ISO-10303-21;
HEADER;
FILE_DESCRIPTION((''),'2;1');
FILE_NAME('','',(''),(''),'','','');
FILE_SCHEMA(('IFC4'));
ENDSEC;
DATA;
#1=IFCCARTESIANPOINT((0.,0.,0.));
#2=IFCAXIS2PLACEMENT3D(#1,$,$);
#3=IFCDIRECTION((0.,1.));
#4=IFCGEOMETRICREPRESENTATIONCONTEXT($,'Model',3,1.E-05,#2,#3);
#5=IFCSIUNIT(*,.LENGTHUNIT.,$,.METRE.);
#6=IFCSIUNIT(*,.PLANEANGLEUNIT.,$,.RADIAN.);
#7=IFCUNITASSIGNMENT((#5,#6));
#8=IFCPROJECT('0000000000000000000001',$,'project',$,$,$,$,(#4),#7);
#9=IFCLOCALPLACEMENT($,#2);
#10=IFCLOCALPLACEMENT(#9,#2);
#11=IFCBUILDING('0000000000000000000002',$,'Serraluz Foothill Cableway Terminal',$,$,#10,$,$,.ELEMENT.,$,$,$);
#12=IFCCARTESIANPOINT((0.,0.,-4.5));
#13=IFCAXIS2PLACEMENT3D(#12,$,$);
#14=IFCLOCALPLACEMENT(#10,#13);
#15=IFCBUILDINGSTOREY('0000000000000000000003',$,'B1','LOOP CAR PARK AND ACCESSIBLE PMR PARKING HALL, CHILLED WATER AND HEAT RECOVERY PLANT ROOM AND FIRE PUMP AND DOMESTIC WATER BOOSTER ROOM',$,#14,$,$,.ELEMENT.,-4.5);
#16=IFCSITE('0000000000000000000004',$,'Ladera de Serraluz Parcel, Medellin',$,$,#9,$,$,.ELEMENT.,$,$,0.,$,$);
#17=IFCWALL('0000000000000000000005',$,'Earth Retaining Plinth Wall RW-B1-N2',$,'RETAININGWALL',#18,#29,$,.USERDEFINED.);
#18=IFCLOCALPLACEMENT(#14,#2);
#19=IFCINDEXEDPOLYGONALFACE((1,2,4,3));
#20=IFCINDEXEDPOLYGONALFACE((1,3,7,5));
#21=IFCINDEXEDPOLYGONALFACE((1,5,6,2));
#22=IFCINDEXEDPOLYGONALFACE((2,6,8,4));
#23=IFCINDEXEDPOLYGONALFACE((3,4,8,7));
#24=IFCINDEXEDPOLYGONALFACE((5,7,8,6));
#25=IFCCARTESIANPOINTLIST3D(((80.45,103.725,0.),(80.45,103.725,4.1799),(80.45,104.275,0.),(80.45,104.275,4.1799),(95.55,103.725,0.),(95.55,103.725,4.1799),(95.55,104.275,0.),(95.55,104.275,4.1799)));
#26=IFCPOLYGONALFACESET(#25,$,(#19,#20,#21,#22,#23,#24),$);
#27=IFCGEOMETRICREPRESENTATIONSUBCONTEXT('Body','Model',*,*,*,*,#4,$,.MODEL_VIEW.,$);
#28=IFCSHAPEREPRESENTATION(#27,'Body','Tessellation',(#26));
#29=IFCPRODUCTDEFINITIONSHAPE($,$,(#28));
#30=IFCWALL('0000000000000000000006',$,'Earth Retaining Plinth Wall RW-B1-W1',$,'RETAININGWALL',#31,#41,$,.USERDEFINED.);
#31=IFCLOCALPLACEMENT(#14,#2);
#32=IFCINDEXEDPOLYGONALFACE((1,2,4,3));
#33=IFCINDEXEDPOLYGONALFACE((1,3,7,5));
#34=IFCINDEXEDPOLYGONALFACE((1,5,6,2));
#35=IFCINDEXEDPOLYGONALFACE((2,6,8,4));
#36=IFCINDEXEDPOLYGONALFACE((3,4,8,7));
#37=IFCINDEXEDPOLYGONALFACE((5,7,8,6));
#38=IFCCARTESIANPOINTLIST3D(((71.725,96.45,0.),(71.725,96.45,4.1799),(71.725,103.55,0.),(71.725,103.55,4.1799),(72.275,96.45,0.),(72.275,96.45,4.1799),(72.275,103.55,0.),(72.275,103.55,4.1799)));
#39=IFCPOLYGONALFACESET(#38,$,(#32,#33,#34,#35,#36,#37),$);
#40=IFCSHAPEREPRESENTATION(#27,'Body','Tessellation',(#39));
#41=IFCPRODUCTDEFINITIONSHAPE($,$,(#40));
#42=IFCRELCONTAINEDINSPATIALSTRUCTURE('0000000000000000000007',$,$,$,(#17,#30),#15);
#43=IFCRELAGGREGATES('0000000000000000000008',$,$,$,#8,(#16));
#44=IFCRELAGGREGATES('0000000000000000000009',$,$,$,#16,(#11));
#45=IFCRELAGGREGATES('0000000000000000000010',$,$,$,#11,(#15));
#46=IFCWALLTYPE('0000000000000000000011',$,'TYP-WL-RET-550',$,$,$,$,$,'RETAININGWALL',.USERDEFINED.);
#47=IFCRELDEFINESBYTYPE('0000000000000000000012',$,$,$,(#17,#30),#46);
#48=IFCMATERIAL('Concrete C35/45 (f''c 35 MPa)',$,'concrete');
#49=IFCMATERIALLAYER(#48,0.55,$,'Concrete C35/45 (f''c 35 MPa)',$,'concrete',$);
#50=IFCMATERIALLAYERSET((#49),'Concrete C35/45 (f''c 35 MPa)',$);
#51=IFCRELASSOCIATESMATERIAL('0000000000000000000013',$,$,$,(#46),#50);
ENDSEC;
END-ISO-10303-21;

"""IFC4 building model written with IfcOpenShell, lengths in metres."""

from ifc_helpers import new_model, si_unit, direction, frame, frame_2d, origin, place, context, subcontext, project, spatial, rectangle, extrude, material, layer, layer_set, type_object, element, save


model = new_model("IFC4")

# Units and contexts
model_context = context("Model", 3, precision=1e-05, world=origin(), true_north=direction((0.0, 1.0)))
body_context = subcontext(model_context, "Body", "Model", "MODEL_VIEW")
ifc_project = project(units=[si_unit("LENGTHUNIT", "METRE"), si_unit("PLANEANGLEUNIT", "RADIAN")], contexts=[model_context])

# Site, building, storey
site_placement = place(None, origin())
site = spatial("IfcSite", under=ifc_project, at=site_placement, Name="Ladera de Serraluz Parcel, Medellin", CompositionType="ELEMENT", RefElevation=0.0)
building_placement = place(site_placement, origin())
building = spatial("IfcBuilding", under=site, at=building_placement, Name="Serraluz Foothill Cableway Terminal", CompositionType="ELEMENT")
storey_placement = place(building_placement, frame((0.0, 0.0, -4.5)))
storey = spatial("IfcBuildingStorey", under=building, at=storey_placement, Name="B1", Description="LOOP CAR PARK AND ACCESSIBLE PMR PARKING HALL, CHILLED WATER AND HEAT RECOVERY PLANT ROOM AND FIRE PUMP AND DOMESTIC WATER BOOSTER ROOM", CompositionType="ELEMENT", Elevation=-4.5)

# Shared definitions
ifc_material_1 = material(Name="Concrete C35/45 (f'c 35 MPa)", Category="concrete")

# Walls
ifc_layer_1 = layer(ifc_material_1, 0.55, Name="Concrete C35/45 (f'c 35 MPa)", Category="concrete")
ifc_layer_set_1 = layer_set([ifc_layer_1], Name="Concrete C35/45 (f'c 35 MPa)")
wall_type_1 = type_object("IfcWallType", Name="TYP-WL-RET-550", ElementType="RETAININGWALL", PredefinedType="USERDEFINED", material=ifc_layer_set_1)
wall_1_placement = place(storey_placement, frame((80.45, 104.0, 0.0), z_axis=(0.0, 0.0, 1.0), x_axis=(1.0, 0.0, 0.0)))
element("IfcWall", 1, at=wall_1_placement, inside=storey, type_object=wall_type_1, Name="Earth Retaining Plinth Wall RW-B1-N2", ObjectType="RETAININGWALL", PredefinedType="USERDEFINED", context=body_context, shape_type="SweptSolid", body=[
    extrude(rectangle(XDim=15.1001, YDim=0.55, at=frame_2d((7.55, 0.0))), origin(), (0.0, 0.0, 1.0), 4.1799),
])
wall_2_placement = place(storey_placement, frame((72.0, 103.55, 0.0), z_axis=(0.0, 0.0, 1.0), x_axis=(0.0, -1.0, 0.0)))
element("IfcWall", 2, at=wall_2_placement, inside=storey, type_object=wall_type_1, Name="Earth Retaining Plinth Wall RW-B1-W1", ObjectType="RETAININGWALL", PredefinedType="USERDEFINED", context=body_context, shape_type="SweptSolid", body=[
    extrude(rectangle(XDim=7.1001, YDim=0.55, at=frame_2d((3.55, 0.0))), origin(), (0.0, 0.0, 1.0), 4.1799),
])

save(model, "model.ifc")
